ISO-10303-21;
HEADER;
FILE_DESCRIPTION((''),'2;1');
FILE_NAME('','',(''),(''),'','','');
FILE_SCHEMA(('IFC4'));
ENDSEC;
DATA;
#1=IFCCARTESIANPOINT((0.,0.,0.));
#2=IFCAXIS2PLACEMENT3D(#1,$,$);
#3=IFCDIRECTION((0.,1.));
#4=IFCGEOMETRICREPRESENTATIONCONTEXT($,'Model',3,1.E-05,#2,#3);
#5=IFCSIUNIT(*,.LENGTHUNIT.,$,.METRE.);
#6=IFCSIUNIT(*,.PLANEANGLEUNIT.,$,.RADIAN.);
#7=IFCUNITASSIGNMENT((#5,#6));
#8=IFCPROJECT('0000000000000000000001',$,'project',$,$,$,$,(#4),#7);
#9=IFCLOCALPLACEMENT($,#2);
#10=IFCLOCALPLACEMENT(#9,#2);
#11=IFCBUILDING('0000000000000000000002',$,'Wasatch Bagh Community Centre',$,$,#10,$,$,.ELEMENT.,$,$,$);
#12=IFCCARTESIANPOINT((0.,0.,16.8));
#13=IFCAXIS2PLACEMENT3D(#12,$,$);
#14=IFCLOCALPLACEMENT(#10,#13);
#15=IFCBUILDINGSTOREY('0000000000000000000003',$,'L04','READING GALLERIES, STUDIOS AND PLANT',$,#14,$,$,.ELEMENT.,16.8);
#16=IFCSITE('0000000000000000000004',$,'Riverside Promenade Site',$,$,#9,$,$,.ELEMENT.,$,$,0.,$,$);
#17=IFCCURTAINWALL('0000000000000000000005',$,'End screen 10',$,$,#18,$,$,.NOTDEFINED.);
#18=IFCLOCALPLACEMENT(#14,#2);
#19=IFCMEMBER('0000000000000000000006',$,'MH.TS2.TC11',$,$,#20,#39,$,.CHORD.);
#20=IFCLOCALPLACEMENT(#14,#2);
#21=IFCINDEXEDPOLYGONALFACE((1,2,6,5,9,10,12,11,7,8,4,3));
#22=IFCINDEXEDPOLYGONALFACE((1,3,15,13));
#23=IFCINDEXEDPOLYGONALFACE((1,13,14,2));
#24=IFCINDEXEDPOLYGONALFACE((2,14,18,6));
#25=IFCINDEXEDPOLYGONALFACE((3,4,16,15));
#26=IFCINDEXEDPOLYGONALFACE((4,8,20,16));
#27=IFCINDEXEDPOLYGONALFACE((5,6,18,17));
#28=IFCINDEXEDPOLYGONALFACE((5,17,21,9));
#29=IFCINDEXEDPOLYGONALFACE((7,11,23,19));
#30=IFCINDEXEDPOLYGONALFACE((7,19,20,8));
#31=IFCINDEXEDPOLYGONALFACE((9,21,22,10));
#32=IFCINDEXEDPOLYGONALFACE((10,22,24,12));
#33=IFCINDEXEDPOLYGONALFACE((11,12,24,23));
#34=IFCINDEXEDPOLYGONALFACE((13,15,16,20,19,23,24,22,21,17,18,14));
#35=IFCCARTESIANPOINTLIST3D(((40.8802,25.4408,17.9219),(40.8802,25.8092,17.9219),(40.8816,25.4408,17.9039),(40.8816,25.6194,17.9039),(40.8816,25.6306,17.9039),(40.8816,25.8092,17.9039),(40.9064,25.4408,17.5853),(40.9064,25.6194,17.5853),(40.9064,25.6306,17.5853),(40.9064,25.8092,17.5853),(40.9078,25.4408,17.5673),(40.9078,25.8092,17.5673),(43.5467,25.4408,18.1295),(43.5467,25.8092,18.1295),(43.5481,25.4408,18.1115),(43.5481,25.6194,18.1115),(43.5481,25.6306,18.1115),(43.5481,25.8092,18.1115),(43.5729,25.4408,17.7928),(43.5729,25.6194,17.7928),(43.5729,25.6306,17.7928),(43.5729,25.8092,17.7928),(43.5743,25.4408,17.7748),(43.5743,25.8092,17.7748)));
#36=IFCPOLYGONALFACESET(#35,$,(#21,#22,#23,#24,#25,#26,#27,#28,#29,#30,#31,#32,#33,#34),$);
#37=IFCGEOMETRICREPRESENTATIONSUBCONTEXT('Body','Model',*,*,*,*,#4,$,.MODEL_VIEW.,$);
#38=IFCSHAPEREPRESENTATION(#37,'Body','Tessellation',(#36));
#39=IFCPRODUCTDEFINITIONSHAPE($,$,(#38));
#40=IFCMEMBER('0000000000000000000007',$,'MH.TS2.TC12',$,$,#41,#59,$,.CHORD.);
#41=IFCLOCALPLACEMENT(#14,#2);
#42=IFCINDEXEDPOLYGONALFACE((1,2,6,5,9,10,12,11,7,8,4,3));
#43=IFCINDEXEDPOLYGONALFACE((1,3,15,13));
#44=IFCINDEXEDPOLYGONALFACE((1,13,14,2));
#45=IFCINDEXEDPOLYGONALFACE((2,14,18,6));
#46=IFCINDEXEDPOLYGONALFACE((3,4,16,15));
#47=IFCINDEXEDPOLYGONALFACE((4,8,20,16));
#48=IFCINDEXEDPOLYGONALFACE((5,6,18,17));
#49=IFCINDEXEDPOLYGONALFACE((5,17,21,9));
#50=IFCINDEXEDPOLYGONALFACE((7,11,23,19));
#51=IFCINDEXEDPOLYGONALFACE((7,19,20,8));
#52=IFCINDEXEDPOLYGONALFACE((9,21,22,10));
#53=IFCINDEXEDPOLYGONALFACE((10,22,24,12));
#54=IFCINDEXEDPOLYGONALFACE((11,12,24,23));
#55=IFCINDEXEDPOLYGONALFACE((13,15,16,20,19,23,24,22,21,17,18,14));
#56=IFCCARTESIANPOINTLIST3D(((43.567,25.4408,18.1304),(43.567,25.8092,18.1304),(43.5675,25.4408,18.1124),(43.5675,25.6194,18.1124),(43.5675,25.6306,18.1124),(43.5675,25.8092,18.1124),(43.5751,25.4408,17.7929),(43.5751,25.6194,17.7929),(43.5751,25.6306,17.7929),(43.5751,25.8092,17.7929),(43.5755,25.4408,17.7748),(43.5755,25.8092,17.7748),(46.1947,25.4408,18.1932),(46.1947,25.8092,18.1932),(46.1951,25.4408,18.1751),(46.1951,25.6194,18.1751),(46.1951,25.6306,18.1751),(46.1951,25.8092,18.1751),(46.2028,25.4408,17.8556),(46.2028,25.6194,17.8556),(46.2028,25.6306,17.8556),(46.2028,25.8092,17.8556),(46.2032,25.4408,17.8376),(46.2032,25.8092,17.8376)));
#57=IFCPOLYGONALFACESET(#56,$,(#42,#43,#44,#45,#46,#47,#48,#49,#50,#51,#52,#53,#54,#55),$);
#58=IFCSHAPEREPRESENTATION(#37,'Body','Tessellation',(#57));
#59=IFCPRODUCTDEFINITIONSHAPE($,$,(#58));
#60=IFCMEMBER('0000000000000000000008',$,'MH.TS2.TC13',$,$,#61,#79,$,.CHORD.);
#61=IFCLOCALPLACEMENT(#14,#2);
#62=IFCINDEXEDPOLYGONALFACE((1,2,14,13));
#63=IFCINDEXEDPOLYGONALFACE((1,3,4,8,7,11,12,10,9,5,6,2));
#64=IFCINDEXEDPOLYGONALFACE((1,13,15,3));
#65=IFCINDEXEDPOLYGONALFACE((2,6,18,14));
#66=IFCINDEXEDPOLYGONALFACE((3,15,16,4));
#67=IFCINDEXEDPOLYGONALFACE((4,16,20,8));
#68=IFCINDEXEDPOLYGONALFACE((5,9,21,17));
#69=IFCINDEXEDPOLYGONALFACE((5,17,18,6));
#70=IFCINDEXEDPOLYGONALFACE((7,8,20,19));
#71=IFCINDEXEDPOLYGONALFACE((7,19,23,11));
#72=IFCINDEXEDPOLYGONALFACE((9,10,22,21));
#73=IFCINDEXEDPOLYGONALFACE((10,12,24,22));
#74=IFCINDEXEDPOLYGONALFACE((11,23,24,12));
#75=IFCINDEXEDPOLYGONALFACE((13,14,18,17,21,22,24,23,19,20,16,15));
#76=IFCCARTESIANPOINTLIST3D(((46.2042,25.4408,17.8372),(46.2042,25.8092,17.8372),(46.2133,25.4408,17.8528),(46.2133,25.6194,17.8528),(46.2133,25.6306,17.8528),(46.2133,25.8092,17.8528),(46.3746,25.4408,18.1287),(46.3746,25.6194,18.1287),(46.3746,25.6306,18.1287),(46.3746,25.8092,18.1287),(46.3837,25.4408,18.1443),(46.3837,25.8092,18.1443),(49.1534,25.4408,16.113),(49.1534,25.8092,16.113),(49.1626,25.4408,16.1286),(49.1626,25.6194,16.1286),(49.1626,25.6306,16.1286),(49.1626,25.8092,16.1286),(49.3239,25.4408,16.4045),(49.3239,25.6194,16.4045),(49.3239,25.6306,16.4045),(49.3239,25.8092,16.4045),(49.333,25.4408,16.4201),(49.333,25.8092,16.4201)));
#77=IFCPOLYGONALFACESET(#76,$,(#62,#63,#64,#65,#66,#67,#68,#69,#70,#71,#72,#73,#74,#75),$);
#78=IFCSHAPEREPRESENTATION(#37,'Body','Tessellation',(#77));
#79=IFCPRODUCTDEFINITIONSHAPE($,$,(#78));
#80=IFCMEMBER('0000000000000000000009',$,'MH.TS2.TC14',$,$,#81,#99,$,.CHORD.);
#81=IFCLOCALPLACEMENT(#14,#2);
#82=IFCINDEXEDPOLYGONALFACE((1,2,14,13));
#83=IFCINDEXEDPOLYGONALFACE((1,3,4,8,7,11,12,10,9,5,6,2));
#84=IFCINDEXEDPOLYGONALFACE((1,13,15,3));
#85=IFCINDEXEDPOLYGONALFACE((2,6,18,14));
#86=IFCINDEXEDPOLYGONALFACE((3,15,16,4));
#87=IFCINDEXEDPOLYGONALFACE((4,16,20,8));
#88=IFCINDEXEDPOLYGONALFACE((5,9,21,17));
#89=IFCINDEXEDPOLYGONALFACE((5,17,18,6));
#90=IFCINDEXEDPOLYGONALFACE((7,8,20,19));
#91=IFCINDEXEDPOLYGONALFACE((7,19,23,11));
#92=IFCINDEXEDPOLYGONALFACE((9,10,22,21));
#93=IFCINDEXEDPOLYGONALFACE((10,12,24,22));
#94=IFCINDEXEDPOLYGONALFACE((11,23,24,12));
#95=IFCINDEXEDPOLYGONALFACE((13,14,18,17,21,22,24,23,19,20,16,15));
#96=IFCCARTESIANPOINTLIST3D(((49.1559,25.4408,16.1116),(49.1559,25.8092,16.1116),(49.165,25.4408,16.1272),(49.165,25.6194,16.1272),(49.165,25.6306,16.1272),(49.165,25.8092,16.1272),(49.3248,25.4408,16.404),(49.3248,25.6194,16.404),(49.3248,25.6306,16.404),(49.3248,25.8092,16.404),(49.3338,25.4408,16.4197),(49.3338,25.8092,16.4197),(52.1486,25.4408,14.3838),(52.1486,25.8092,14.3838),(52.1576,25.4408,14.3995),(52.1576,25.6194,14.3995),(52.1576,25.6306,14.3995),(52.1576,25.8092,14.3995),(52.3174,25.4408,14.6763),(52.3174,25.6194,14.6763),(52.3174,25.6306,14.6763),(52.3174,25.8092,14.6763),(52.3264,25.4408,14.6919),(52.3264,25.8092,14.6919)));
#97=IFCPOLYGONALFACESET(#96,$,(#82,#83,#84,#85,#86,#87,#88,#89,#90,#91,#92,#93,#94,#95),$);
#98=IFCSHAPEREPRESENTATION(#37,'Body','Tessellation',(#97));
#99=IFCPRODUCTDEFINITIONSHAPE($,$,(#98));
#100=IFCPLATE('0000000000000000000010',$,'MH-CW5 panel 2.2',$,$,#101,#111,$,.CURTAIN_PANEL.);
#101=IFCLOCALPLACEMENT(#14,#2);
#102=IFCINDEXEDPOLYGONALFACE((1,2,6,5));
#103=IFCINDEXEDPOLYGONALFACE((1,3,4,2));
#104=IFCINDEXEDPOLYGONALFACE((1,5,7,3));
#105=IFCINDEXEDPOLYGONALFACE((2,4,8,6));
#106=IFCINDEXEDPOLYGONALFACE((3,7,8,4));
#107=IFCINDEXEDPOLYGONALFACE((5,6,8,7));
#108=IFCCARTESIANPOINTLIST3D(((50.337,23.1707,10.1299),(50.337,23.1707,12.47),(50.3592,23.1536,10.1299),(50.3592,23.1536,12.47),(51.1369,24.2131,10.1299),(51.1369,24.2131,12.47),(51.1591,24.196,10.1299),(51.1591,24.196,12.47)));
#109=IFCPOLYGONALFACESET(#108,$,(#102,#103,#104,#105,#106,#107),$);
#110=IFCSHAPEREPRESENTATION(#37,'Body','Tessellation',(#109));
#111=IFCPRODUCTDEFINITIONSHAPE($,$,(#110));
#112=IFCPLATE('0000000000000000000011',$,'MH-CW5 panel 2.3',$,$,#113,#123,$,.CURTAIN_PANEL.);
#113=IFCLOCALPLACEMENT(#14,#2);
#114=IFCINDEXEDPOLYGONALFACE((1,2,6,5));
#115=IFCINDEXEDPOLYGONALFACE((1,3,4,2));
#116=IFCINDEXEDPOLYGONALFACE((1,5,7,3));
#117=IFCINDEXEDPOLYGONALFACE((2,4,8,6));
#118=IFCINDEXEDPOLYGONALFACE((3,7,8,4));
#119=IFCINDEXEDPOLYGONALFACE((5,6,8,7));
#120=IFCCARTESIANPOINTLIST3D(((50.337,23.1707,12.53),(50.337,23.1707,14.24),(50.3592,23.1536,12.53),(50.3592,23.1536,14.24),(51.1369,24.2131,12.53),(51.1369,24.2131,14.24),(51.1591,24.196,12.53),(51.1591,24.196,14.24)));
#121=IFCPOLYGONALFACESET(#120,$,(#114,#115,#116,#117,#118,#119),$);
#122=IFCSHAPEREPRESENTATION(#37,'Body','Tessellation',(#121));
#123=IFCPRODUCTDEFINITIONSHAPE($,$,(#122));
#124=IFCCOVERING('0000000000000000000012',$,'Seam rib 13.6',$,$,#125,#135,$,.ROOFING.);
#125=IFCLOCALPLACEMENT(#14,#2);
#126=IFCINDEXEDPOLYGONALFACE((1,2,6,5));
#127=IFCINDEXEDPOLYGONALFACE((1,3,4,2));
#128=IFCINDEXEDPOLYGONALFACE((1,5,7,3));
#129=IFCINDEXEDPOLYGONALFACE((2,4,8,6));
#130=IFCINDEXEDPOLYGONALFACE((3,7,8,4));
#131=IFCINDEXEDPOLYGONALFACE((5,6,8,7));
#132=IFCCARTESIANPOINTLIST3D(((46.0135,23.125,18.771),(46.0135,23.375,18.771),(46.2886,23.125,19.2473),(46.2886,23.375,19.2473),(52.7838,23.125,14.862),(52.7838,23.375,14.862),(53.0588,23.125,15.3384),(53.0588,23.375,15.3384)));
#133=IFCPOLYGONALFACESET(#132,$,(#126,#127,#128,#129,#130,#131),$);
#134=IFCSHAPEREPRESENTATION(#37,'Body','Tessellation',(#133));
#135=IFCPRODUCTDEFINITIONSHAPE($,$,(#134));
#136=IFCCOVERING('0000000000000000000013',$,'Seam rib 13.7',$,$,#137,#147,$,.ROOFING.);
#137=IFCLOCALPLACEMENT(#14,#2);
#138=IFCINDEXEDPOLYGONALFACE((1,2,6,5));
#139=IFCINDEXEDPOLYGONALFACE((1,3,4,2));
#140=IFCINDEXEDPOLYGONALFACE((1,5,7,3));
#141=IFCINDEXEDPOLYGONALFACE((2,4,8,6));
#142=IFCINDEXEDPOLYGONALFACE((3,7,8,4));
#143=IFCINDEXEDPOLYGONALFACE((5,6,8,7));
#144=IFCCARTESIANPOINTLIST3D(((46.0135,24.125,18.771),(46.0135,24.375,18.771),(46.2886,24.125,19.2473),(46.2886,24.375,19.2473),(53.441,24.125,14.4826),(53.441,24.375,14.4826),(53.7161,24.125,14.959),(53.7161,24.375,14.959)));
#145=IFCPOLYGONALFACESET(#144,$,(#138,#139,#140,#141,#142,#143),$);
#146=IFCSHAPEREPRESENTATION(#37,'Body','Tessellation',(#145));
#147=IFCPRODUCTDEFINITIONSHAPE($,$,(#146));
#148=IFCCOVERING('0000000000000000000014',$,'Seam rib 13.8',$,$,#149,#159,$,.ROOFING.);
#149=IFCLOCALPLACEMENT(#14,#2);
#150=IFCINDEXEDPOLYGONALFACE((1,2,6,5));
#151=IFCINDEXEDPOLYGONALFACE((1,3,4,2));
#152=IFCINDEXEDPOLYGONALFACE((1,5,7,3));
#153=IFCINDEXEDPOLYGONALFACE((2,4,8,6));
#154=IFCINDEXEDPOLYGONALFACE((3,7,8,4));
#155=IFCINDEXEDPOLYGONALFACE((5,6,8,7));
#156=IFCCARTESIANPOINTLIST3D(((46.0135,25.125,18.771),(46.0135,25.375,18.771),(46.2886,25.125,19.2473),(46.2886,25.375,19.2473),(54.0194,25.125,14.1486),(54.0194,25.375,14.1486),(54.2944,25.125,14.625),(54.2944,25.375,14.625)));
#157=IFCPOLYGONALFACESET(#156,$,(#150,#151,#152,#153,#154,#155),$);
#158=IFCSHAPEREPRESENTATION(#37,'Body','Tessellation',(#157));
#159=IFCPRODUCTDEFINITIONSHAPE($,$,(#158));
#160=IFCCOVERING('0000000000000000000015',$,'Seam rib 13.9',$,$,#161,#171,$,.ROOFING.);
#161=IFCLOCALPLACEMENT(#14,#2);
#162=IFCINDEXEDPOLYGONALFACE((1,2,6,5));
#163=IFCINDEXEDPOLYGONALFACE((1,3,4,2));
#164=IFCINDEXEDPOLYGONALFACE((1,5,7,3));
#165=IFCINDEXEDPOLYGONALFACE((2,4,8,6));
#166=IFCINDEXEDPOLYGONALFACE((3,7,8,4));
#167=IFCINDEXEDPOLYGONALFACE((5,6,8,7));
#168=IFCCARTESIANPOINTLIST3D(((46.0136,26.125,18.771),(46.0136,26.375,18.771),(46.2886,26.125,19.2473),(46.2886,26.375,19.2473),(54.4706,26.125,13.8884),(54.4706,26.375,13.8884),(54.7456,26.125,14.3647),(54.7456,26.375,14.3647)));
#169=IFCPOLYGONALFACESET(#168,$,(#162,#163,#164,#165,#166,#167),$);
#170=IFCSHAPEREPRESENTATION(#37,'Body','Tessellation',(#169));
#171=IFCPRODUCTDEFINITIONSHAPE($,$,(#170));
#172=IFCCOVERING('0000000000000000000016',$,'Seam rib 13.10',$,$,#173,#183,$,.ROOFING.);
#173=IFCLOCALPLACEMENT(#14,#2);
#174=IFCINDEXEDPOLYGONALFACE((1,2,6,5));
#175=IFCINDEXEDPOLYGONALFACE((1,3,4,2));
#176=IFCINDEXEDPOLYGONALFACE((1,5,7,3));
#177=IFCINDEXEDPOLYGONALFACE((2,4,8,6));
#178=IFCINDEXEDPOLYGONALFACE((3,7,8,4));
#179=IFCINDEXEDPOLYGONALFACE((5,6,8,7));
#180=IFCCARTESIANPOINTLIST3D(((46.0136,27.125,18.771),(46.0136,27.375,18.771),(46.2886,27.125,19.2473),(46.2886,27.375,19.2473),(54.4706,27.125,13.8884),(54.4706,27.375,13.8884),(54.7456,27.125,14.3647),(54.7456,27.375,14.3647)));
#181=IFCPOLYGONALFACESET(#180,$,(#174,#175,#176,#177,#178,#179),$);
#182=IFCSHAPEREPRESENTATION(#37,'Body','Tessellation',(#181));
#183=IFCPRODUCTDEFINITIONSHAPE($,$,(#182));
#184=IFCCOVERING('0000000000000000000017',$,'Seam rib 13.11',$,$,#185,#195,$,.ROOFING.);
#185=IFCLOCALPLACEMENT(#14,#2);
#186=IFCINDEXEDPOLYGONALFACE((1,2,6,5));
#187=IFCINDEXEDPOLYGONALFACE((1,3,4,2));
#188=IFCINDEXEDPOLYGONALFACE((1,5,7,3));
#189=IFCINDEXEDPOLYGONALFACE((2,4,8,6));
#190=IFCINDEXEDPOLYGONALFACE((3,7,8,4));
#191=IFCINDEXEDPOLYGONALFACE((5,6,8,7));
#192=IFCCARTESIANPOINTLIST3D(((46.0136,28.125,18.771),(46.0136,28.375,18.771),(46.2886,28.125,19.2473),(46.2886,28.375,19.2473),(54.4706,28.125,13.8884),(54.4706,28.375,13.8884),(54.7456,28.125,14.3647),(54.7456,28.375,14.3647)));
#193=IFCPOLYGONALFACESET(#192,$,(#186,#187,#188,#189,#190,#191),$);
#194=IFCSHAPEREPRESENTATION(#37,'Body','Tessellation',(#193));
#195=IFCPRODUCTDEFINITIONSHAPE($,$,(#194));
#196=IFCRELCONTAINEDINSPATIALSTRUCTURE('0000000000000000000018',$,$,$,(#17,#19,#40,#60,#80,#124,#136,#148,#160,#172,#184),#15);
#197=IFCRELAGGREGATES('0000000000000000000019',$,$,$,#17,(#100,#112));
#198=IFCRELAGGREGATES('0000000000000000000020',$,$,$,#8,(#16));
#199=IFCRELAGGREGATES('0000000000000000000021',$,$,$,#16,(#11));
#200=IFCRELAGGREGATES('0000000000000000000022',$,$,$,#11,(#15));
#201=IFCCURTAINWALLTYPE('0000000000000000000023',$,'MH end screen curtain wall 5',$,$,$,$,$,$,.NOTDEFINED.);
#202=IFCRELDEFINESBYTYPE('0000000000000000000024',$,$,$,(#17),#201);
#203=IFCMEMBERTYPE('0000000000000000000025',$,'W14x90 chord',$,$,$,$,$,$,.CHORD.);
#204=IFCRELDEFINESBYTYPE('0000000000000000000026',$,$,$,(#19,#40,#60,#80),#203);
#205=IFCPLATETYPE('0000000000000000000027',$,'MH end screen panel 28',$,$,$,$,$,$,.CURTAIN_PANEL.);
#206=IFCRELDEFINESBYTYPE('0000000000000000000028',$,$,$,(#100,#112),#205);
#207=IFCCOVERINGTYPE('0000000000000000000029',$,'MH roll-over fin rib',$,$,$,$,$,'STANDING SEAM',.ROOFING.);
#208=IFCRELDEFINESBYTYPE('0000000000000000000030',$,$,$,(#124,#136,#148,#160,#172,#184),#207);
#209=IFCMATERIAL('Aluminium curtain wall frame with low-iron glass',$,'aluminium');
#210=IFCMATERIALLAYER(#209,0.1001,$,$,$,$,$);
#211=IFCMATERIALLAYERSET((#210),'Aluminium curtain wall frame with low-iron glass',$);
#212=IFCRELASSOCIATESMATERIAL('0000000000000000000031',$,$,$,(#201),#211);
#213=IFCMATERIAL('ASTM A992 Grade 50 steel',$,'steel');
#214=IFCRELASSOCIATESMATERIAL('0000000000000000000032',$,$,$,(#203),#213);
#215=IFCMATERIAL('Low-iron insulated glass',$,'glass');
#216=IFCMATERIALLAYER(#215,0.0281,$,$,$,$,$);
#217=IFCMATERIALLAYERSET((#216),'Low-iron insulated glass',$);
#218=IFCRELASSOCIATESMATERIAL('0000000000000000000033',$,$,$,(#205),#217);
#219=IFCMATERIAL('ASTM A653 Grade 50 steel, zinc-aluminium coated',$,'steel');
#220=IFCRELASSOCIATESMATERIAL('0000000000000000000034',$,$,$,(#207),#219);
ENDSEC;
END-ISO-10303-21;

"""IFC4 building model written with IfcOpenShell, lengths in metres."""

from ifc_helpers import new_model, si_unit, direction, frame, origin, origin_2d, place, context, subcontext, project, spatial, polyline, rectangle, i_section, outline, extrude, material, layer, layer_set, material_profile, profile_set, type_object, element, aggregate, save


model = new_model("IFC4")

# Units and contexts
model_context = context("Model", 3, precision=1e-05, world=origin(), true_north=direction((0.0, 1.0)))
body_context = subcontext(model_context, "Body", "Model", "MODEL_VIEW")
ifc_project = project(units=[si_unit("LENGTHUNIT", "METRE"), si_unit("PLANEANGLEUNIT", "RADIAN")], contexts=[model_context])

# Site, building, storey
site_placement = place(None, origin())
site = spatial("IfcSite", under=ifc_project, at=site_placement, Name="Riverside Promenade Site", CompositionType="ELEMENT", RefElevation=0.0)
building_placement = place(site_placement, origin())
building = spatial("IfcBuilding", under=site, at=building_placement, Name="Wasatch Bagh Community Centre", CompositionType="ELEMENT")
storey_placement = place(building_placement, frame((0.0, 0.0, 16.8)))
storey = spatial("IfcBuildingStorey", under=building, at=storey_placement, Name="L04", Description="READING GALLERIES, STUDIOS AND PLANT", CompositionType="ELEMENT", Elevation=16.8)

# Curtain wall
ifc_material_1 = material(Name="Aluminium curtain wall frame with low-iron glass", Category="aluminium")
ifc_layer_1 = layer(ifc_material_1, 0.1001)
ifc_layer_set_1 = layer_set([ifc_layer_1], Name="Aluminium curtain wall frame with low-iron glass")
curtain_wall_type = type_object("IfcCurtainWallType", Name="MH end screen curtain wall 5", PredefinedType="NOTDEFINED", material=ifc_layer_set_1)
curtain_wall_placement = place(storey_placement, origin())
curtain_wall = element("IfcCurtainWall", 1, at=curtain_wall_placement, inside=storey, type_object=curtain_wall_type, Name="End screen 10", PredefinedType="NOTDEFINED")

# Members
ifc_material_2 = material(Name="ASTM A992 Grade 50 steel", Category="steel")
ifc_material_profile_1 = material_profile(ifc_material_2, i_section(OverallWidth=0.3684, OverallDepth=0.3557, WebThickness=0.0112, FlangeThickness=0.0181, at=origin_2d()), Name="W14x90")
ifc_profile_set_1 = profile_set([ifc_material_profile_1], Name="ASTM A992 Grade 50 steel")
member_type_1 = type_object("IfcMemberType", Name="W14x90 chord", PredefinedType="CHORD", material=ifc_profile_set_1)
member_1_placement = place(storey_placement, frame((40.894, 25.625, 17.7446), z_axis=(0.996985, 0.0, 0.07759), x_axis=(0.0, 1.0, 0.0)))
element("IfcMember", 2, at=member_1_placement, inside=storey, type_object=member_type_1, Name="MH.TS2.TC11", PredefinedType="CHORD", context=body_context, shape_type="SweptSolid", body=[
    extrude(i_section(OverallWidth=0.3684, OverallDepth=0.3557, WebThickness=0.0112, FlangeThickness=0.0181, at=origin_2d()), origin(), (0.0, 0.0, 1.0), 2.6746),
])
member_2_placement = place(storey_placement, frame((43.5713, 25.625, 17.9526), z_axis=(0.999715, 0.0, 0.023871), x_axis=(0.0, 1.0, 0.0)))
element("IfcMember", 3, at=member_2_placement, inside=storey, type_object=member_type_1, Name="MH.TS2.TC12", PredefinedType="CHORD", context=body_context, shape_type="SweptSolid", body=[
    extrude(i_section(OverallWidth=0.3684, OverallDepth=0.3557, WebThickness=0.0112, FlangeThickness=0.0181, at=origin_2d()), origin(), (0.0, 0.0, 1.0), 2.6284),
])
member_3_placement = place(storey_placement, frame((46.2939, 25.625, 17.9907), z_axis=(0.863302, 0.0, -0.504688), x_axis=(0.0, 1.0, 0.0)))
element("IfcMember", 4, at=member_3_placement, inside=storey, type_object=member_type_1, Name="MH.TS2.TC13", PredefinedType="CHORD", context=body_context, shape_type="SweptSolid", body=[
    extrude(i_section(OverallWidth=0.3684, OverallDepth=0.3557, WebThickness=0.0112, FlangeThickness=0.0181, at=origin_2d()), origin(), (0.0, 0.0, 1.0), 3.4163),
])
member_4_placement = place(storey_placement, frame((49.2449, 25.625, 16.2656), z_axis=(0.86603, 0.0, -0.499992), x_axis=(0.0, 1.0, 0.0)))
element("IfcMember", 5, at=member_4_placement, inside=storey, type_object=member_type_1, Name="MH.TS2.TC14", PredefinedType="CHORD", context=body_context, shape_type="SweptSolid", body=[
    extrude(i_section(OverallWidth=0.3684, OverallDepth=0.3557, WebThickness=0.0112, FlangeThickness=0.0181, at=origin_2d()), origin(), (0.0, 0.0, 1.0), 3.4556),
])

# Plates
ifc_material_3 = material(Name="Low-iron insulated glass", Category="glass")
ifc_layer_2 = layer(ifc_material_3, 0.0281)
ifc_layer_set_2 = layer_set([ifc_layer_2], Name="Low-iron insulated glass")
plate_type = type_object("IfcPlateType", Name="MH end screen panel 28", PredefinedType="CURTAIN_PANEL", material=ifc_layer_set_2)
plate_1_placement = place(storey_placement, frame((50.748, 23.6833, 10.1299), z_axis=(0.0, 0.0, 1.0), x_axis=(0.608761, 0.793353, 0.0)))
plate_1 = element("IfcPlate", 6, at=plate_1_placement, type_object=plate_type, Name="MH-CW5 panel 2.2", PredefinedType="CURTAIN_PANEL", context=body_context, shape_type="SweptSolid", body=[
    extrude(rectangle(XDim=1.314, YDim=0.0281, at=origin_2d()), origin(), (0.0, 0.0, 1.0), 2.3401),
])
plate_2_placement = place(storey_placement, frame((50.748, 23.6833, 12.53), z_axis=(0.0, 0.0, 1.0), x_axis=(0.608761, 0.793353, 0.0)))
plate_2 = element("IfcPlate", 7, at=plate_2_placement, type_object=plate_type, Name="MH-CW5 panel 2.3", PredefinedType="CURTAIN_PANEL", context=body_context, shape_type="SweptSolid", body=[
    extrude(rectangle(XDim=1.314, YDim=0.0281, at=origin_2d()), origin(), (0.0, 0.0, 1.0), 1.71),
])
aggregate(curtain_wall, [plate_1, plate_2])

# Coverings
ifc_material_4 = material(Name="ASTM A653 Grade 50 steel, zinc-aluminium coated", Category="steel")
covering_type = type_object("IfcCoveringType", Name="MH roll-over fin rib", ElementType="STANDING SEAM", PredefinedType="ROOFING", material=ifc_material_4)
covering_1_placement = place(storey_placement, frame((46.2886, 23.125, 19.2473), z_axis=(0.500012, 0.0, 0.866019), x_axis=(0.866019, 0.0, -0.500012)))
element("IfcCovering", 8, at=covering_1_placement, inside=storey, type_object=covering_type, Name="Seam rib 13.6", PredefinedType="ROOFING", context=body_context, shape_type="SweptSolid", body=[
    extrude(outline(polyline([(0.0, 0.0), (7.8177, 0.0), (7.8177, 0.25), (0.0, 0.25), (0.0, 0.0)])), origin(), (0.0, 0.0, -1.0), 0.55),
])
covering_2_placement = place(storey_placement, frame((46.2886, 24.125, 19.2473), z_axis=(0.500006, 0.0, 0.866022), x_axis=(0.866022, 0.0, -0.500006)))
element("IfcCovering", 9, at=covering_2_placement, inside=storey, type_object=covering_type, Name="Seam rib 13.7", PredefinedType="ROOFING", context=body_context, shape_type="SweptSolid", body=[
    extrude(outline(polyline([(0.0, 0.0), (8.5766, 0.0), (8.5766, 0.25), (0.0, 0.25), (0.0, 0.0)])), origin(), (0.0, 0.0, -1.0), 0.55),
])
covering_3_placement = place(storey_placement, frame((46.2886, 25.125, 19.2473), z_axis=(0.50001, 0.0, 0.866019), x_axis=(0.866019, 0.0, -0.50001)))
element("IfcCovering", 10, at=covering_3_placement, inside=storey, type_object=covering_type, Name="Seam rib 13.8", PredefinedType="ROOFING", context=body_context, shape_type="SweptSolid", body=[
    extrude(outline(polyline([(0.0, 0.0), (9.2444, 0.0), (9.2444, 0.25), (0.0, 0.25), (0.0, 0.0)])), origin(), (0.0, 0.0, -1.0), 0.55),
])
for number, where, z_axis, x_axis, name in (
    (11, (46.2886, 26.125, 19.2473), (0.499992, 0.0, 0.86603), (0.86603, 0.0, -0.499992), "Seam rib 13.9"),
    (12, (46.2886, 27.125, 19.2473), (0.499992, 0.0, 0.86603), (0.86603, 0.0, -0.499992), "Seam rib 13.10"),
    (13, (46.2886, 28.125, 19.2473), (0.499992, 0.0, 0.86603), (0.86603, 0.0, -0.499992), "Seam rib 13.11"),
):
    element("IfcCovering", number, at=place(storey_placement, frame(where, z_axis=z_axis, x_axis=x_axis)), inside=storey, type_object=covering_type, Name=name, PredefinedType="ROOFING", context=body_context, shape_type="SweptSolid", body=[
        extrude(outline(polyline([(0.0, 0.0), (9.7653, 0.0), (9.7653, 0.25), (0.0, 0.25), (0.0, 0.0)])), origin(), (0.0, 0.0, -1.0), 0.55),
    ])

save(model, "model.ifc")
